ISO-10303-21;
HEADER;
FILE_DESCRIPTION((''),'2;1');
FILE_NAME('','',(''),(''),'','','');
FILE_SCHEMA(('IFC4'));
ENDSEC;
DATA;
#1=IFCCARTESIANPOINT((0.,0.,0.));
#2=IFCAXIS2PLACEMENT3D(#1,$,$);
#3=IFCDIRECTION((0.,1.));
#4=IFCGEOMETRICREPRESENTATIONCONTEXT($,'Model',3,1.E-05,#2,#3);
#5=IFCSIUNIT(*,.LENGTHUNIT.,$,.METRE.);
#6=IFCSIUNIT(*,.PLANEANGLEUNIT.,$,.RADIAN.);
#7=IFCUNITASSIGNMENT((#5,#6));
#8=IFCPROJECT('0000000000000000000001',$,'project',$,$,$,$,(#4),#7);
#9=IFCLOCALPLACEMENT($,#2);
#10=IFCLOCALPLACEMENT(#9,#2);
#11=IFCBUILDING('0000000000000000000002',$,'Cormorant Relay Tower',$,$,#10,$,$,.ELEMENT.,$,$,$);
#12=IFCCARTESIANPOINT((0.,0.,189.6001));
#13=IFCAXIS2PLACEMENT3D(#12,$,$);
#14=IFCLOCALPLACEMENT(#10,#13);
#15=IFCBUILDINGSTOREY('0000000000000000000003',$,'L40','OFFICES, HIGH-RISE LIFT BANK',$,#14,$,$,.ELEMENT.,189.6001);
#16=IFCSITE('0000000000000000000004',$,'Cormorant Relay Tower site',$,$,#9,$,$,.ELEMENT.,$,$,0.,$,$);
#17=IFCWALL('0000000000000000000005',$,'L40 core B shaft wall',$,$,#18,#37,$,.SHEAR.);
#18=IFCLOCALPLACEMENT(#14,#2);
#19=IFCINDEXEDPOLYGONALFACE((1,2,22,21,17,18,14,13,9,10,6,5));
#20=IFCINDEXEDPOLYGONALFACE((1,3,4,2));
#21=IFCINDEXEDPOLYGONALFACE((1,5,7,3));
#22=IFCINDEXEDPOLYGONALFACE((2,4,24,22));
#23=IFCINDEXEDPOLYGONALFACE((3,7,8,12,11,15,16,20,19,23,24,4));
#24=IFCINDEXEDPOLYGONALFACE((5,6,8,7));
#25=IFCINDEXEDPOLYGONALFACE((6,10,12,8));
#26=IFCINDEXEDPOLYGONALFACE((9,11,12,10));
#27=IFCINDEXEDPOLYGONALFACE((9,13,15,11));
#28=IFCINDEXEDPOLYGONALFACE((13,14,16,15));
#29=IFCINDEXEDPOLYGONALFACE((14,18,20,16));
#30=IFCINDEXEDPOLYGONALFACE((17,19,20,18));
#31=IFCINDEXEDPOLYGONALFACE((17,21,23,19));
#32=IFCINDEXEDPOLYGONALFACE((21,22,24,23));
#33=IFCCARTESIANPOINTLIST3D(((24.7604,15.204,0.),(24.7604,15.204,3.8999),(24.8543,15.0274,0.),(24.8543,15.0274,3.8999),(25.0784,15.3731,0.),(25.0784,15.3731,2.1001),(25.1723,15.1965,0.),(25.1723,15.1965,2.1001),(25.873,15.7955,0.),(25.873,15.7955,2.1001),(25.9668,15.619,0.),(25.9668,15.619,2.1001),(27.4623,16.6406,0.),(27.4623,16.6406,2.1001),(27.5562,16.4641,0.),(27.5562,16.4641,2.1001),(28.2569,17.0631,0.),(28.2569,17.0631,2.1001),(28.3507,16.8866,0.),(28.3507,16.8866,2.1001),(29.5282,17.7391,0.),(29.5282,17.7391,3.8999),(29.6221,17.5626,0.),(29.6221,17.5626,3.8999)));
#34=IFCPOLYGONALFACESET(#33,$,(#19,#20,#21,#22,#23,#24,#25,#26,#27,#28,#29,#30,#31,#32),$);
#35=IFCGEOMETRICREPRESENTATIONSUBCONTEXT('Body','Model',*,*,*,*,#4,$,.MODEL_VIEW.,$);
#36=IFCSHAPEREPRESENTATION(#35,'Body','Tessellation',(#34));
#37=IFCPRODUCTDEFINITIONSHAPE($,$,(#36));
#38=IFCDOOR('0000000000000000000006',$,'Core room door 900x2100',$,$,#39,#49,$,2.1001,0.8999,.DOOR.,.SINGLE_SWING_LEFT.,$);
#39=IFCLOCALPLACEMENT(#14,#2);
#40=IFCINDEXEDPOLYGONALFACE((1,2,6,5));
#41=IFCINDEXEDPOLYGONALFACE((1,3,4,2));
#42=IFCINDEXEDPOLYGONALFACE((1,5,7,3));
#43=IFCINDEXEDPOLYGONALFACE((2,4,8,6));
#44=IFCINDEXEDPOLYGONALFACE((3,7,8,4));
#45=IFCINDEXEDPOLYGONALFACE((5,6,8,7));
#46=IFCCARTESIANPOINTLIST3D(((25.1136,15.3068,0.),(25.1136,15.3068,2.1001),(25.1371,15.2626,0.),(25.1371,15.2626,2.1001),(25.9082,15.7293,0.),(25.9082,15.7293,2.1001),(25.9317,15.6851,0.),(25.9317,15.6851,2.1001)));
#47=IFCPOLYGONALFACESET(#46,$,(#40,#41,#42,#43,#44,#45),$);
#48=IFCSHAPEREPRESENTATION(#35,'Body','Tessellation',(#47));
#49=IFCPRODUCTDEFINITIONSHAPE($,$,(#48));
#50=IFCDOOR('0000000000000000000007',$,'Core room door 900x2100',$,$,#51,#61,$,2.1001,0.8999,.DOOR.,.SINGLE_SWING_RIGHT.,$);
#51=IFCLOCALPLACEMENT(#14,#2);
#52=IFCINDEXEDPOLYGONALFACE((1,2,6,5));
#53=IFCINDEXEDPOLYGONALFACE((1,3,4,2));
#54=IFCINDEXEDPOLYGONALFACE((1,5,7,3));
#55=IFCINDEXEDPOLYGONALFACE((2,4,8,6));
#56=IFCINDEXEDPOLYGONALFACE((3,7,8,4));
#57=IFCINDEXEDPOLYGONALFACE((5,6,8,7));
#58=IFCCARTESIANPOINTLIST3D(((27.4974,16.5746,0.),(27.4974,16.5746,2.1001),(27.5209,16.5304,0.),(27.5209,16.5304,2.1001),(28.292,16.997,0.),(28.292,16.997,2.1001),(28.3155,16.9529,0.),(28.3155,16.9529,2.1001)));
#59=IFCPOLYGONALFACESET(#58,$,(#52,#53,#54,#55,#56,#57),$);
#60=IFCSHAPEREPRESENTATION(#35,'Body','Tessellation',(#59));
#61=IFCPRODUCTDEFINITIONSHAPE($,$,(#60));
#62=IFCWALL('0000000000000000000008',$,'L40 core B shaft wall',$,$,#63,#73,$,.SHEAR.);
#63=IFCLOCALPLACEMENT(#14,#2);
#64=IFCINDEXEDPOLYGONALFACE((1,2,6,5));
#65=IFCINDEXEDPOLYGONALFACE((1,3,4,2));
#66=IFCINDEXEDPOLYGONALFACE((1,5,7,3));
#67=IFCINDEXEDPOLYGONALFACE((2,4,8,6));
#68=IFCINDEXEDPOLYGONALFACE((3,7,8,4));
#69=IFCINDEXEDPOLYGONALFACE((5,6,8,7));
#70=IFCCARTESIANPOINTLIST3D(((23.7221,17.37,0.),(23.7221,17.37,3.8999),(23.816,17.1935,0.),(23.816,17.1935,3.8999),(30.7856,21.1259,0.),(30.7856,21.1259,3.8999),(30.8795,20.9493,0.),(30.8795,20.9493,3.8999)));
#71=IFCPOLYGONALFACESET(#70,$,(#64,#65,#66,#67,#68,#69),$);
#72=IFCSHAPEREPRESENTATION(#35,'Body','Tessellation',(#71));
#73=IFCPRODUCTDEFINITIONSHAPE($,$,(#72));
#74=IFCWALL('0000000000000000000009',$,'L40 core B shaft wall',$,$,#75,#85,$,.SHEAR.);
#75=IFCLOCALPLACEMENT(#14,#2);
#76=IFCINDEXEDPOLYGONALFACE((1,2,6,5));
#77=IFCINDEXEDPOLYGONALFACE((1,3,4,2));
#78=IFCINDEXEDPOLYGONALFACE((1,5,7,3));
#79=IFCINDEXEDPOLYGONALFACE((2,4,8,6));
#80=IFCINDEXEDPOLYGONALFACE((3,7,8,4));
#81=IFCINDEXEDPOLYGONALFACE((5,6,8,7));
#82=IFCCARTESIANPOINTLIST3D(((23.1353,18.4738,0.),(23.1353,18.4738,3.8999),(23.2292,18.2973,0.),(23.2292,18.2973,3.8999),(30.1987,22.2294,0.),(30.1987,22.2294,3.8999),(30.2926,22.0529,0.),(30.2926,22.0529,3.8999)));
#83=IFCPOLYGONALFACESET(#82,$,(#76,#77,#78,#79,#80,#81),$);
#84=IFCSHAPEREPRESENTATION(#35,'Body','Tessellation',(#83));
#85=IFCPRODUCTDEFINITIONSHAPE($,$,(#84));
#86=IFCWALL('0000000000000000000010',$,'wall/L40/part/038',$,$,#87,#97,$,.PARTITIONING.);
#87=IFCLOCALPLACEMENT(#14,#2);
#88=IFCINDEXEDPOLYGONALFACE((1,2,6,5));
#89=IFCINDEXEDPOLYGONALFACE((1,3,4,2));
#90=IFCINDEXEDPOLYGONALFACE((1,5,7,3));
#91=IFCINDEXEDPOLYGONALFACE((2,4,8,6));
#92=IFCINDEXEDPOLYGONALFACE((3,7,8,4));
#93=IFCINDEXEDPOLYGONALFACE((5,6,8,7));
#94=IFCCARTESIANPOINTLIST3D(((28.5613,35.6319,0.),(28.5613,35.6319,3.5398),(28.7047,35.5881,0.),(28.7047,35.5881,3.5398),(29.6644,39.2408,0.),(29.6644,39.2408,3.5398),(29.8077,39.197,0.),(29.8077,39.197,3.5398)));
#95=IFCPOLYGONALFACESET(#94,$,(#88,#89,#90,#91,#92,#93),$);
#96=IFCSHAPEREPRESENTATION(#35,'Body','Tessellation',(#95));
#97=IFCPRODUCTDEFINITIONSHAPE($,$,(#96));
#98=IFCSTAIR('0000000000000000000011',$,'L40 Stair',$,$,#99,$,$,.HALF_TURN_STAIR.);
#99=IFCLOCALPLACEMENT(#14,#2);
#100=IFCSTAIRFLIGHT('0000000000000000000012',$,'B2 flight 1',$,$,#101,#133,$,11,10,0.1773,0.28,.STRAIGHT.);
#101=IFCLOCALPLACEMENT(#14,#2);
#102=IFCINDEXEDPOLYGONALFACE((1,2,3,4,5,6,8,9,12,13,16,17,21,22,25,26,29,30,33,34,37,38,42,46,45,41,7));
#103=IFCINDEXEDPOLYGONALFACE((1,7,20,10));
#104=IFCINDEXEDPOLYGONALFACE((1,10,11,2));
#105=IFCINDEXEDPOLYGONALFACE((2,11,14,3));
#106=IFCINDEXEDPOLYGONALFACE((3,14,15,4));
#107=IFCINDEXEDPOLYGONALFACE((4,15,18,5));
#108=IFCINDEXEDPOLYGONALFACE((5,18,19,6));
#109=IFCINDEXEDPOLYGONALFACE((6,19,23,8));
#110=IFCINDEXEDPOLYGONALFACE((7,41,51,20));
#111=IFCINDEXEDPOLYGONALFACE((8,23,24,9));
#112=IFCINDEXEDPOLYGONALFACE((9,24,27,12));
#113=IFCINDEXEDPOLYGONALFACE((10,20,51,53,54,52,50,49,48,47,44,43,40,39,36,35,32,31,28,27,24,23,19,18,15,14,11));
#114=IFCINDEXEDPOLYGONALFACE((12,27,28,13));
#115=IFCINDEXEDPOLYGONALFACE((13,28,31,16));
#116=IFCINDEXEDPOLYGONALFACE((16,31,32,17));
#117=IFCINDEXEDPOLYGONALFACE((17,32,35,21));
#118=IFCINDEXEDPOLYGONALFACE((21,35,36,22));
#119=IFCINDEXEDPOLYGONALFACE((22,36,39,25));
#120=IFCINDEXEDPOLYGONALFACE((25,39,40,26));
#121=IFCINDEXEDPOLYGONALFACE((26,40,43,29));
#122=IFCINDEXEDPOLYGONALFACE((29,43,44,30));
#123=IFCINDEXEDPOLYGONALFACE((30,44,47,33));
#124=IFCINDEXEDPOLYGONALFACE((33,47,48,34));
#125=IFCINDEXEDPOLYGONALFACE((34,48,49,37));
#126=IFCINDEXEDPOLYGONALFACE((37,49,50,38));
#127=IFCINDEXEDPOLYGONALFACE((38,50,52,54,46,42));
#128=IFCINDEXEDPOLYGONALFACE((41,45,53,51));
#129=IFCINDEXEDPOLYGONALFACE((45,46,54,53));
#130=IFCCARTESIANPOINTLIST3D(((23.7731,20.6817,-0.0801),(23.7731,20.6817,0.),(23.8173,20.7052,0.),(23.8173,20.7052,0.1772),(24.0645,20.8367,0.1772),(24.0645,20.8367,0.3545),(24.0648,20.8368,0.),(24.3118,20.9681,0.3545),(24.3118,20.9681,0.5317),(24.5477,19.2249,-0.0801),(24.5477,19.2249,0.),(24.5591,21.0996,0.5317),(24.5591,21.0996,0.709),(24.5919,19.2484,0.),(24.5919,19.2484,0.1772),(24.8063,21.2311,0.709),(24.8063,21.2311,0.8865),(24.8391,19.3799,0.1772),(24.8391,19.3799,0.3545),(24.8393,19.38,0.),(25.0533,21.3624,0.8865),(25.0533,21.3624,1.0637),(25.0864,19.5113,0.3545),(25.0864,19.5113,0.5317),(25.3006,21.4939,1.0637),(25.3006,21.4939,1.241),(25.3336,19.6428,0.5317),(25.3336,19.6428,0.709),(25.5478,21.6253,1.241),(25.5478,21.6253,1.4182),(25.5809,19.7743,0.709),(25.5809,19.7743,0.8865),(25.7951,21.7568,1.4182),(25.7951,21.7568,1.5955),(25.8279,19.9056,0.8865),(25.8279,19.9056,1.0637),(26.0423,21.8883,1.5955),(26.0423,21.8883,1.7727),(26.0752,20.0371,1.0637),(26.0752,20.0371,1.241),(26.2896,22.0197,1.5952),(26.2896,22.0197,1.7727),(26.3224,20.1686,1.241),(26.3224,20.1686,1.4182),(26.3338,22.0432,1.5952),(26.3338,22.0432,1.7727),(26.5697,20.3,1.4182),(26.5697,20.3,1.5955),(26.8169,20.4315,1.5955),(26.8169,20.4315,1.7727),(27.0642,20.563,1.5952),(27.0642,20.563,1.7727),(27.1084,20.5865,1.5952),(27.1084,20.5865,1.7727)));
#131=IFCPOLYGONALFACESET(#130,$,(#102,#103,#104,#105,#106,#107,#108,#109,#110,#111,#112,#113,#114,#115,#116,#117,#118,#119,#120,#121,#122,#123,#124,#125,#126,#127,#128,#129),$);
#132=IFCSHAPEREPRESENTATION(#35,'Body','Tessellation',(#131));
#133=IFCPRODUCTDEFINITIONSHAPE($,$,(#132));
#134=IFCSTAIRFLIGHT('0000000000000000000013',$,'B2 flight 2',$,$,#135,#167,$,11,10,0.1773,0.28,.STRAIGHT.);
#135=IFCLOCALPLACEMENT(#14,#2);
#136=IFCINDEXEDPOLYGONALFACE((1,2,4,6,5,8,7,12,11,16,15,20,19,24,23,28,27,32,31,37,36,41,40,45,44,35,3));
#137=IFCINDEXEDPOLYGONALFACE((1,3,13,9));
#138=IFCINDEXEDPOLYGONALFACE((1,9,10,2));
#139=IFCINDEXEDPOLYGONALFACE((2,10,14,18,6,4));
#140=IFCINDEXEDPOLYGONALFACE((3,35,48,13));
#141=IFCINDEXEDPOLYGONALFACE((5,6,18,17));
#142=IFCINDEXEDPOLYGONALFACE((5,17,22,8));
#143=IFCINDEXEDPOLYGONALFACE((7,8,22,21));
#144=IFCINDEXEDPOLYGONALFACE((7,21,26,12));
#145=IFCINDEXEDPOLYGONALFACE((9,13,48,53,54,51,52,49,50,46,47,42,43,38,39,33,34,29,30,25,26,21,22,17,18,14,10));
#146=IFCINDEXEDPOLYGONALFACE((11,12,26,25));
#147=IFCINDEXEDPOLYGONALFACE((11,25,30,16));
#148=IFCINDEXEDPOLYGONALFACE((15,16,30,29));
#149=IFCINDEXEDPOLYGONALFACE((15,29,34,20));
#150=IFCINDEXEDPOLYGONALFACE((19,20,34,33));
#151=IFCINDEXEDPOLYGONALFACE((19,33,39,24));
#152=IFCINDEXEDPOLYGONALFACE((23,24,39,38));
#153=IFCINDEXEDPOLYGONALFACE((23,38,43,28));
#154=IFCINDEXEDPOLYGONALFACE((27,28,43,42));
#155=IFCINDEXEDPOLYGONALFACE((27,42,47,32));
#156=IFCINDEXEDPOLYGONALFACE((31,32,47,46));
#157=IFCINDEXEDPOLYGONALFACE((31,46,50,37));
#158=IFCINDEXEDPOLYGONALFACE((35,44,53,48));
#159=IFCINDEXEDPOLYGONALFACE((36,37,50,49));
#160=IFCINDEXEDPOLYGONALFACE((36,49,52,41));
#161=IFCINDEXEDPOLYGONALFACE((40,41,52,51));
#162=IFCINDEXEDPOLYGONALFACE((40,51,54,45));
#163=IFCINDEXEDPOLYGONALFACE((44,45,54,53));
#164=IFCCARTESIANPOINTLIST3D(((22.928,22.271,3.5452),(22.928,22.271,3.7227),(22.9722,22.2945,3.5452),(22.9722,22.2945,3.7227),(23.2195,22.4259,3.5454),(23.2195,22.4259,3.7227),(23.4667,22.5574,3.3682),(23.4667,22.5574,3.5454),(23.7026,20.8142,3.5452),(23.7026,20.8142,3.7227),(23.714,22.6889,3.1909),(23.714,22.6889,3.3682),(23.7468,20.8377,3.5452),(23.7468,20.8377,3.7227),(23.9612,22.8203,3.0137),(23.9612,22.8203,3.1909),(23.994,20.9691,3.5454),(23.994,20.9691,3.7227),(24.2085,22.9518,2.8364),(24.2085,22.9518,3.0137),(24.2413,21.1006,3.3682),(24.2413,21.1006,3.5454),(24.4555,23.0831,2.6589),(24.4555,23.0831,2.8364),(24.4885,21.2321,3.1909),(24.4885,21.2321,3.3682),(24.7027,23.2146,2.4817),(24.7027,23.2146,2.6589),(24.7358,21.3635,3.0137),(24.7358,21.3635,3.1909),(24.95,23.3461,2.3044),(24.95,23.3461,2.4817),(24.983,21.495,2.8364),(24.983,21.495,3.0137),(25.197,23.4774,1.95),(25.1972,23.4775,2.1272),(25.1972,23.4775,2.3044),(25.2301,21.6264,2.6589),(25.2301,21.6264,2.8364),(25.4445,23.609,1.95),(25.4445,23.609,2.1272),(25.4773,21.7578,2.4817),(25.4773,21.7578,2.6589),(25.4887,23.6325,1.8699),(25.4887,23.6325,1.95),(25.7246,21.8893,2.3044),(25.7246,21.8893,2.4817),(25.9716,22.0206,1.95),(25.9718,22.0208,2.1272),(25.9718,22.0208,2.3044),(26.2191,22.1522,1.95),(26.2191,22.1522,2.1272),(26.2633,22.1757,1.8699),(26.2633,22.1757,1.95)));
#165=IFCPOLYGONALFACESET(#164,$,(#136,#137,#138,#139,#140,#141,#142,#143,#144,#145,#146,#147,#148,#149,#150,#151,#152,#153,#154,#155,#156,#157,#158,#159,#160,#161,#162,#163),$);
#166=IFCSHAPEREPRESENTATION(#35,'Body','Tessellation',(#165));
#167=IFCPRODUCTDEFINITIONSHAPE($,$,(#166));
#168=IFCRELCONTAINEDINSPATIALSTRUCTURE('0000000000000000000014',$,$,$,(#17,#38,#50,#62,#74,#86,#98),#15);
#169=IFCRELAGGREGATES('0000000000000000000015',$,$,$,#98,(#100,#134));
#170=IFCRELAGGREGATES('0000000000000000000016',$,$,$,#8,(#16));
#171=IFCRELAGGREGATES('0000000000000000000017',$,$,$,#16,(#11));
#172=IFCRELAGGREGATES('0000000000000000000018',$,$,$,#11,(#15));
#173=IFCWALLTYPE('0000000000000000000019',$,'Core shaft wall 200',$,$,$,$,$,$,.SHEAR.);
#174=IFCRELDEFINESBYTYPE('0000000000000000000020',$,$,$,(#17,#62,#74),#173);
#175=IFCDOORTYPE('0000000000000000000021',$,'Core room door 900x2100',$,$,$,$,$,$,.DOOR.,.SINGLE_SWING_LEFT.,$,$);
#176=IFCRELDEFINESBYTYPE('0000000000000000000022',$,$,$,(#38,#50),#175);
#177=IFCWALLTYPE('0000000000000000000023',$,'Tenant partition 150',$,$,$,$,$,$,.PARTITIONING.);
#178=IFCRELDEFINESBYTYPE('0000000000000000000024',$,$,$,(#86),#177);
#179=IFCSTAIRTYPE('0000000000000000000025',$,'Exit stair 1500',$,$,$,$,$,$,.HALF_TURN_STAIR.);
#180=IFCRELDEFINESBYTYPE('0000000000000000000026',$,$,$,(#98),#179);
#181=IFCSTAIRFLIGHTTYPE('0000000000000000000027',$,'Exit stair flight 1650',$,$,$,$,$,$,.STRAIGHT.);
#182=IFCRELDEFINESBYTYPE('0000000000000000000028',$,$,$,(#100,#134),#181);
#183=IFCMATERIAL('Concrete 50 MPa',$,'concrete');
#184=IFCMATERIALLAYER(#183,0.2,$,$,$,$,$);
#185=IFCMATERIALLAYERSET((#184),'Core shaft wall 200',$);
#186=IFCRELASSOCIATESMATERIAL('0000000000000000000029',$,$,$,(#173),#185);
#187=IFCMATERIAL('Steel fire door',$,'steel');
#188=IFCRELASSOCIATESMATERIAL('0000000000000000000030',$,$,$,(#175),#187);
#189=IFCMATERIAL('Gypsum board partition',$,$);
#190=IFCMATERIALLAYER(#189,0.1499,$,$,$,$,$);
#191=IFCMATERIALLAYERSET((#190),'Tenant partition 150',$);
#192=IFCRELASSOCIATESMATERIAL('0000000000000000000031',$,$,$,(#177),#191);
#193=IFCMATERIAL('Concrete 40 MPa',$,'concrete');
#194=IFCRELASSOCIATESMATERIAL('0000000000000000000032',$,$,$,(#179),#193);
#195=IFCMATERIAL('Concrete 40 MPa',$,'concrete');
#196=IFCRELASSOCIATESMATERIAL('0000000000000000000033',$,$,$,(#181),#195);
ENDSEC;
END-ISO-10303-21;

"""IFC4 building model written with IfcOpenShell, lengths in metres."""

from ifc_helpers import new_model, si_unit, direction, frame, frame_2d, origin, place, context, subcontext, project, spatial, polyline, rectangle, outline, extrude, material, layer, layer_set, type_object, element, fill, aggregate, save


model = new_model("IFC4")

# Units and contexts
model_context = context("Model", 3, precision=1e-05, world=origin(), true_north=direction((0.0, 1.0)))
body_context = subcontext(model_context, "Body", "Model", "MODEL_VIEW")
ifc_project = project(units=[si_unit("LENGTHUNIT", "METRE"), si_unit("PLANEANGLEUNIT", "RADIAN")], contexts=[model_context])

# Site, building, storey
site_placement = place(None, origin())
site = spatial("IfcSite", under=ifc_project, at=site_placement, Name="Cormorant Relay Tower site", CompositionType="ELEMENT", RefElevation=0.0)
building_placement = place(site_placement, origin())
building = spatial("IfcBuilding", under=site, at=building_placement, Name="Cormorant Relay Tower", CompositionType="ELEMENT")
storey_placement = place(building_placement, frame((0.0, 0.0, 189.6001)))
storey = spatial("IfcBuildingStorey", under=building, at=storey_placement, Name="L40", Description="OFFICES, HIGH-RISE LIFT BANK", CompositionType="ELEMENT", Elevation=189.6001)

# Shared definitions
ifc_material_1 = material(Name="Concrete 50 MPa", Category="concrete")
ifc_layer_1 = layer(ifc_material_1, 0.2)
ifc_layer_set_1 = layer_set([ifc_layer_1], Name="Core shaft wall 200")
wall_type_1 = type_object("IfcWallType", Name="Core shaft wall 200", PredefinedType="SHEAR", material=ifc_layer_set_1)
ifc_material_2 = material(Name="Steel fire door", Category="steel")
door_type_1 = type_object("IfcDoorType", Name="Core room door 900x2100", OperationType="SINGLE_SWING_LEFT", PredefinedType="DOOR", material=ifc_material_2)

# Wall, openings, doors
wall_1_placement = place(storey_placement, frame((24.8074, 15.1157, 0.0), z_axis=(0.0, 0.0, 1.0), x_axis=(0.882943, 0.46948, 0.0)))
wall_1 = element("IfcWall", 1, at=wall_1_placement, inside=storey, type_object=wall_type_1, Name="L40 core B shaft wall", PredefinedType="SHEAR", context=body_context, shape_type="SweptSolid", body=[
    extrude(rectangle(XDim=5.3999, YDim=0.2, at=frame_2d((2.7, 0.0))), origin(), (0.0, 0.0, 1.0), 3.8999),
])
opening_1_placement = place(wall_1_placement, frame((0.3601, 0.0, 0.0)))
opening_1 = element("IfcOpeningElement", 2, at=opening_1_placement, cuts=wall_1, PredefinedType="OPENING", context=body_context, shape_type="SweptSolid", body=[
    extrude(rectangle(XDim=0.8999, YDim=2.1001, at=frame_2d((0.45, 1.05))), frame((0.0, 0.1099, 0.0), z_axis=(0.0, -1.0, 0.0), x_axis=(1.0, 0.0, 0.0)), (0.0, 0.0, 1.0), 0.22),
])
opening_2_placement = place(wall_1_placement, frame((3.0601, 0.0, 0.0)))
opening_2 = element("IfcOpeningElement", 3, at=opening_2_placement, cuts=wall_1, PredefinedType="OPENING", context=body_context, shape_type="SweptSolid", body=[
    extrude(rectangle(XDim=0.8999, YDim=2.1001, at=frame_2d((0.45, 1.05))), frame((0.0, 0.1099, 0.0), z_axis=(0.0, -1.0, 0.0), x_axis=(1.0, 0.0, 0.0)), (0.0, 0.0, 1.0), 0.22),
])
door_1_placement = place(opening_1_placement, origin())
door_1 = element("IfcDoor", 4, at=door_1_placement, inside=storey, type_object=door_type_1, Name="Core room door 900x2100", OperationType="SINGLE_SWING_LEFT", OverallHeight=2.1001, OverallWidth=0.8999, PredefinedType="DOOR", context=body_context, shape_type="SweptSolid", body=[
    extrude(rectangle(XDim=0.8999, YDim=2.1001, at=frame_2d((0.45, 1.05))), frame((0.0, 0.0249, 0.0), z_axis=(0.0, -1.0, 0.0), x_axis=(1.0, 0.0, 0.0)), (0.0, 0.0, 1.0), 0.05),
])
fill(opening_1, door_1)
door_2_placement = place(opening_2_placement, frame((0.8999, 0.0, 0.0), z_axis=(0.0, 0.0, 1.0), x_axis=(-1.0, 0.0, 0.0)))
door_2 = element("IfcDoor", 5, at=door_2_placement, inside=storey, type_object=door_type_1, Name="Core room door 900x2100", OperationType="SINGLE_SWING_RIGHT", OverallHeight=2.1001, OverallWidth=0.8999, PredefinedType="DOOR", context=body_context, shape_type="SweptSolid", body=[
    extrude(rectangle(XDim=0.8999, YDim=2.1001, at=frame_2d((0.45, 1.05))), frame((0.0, 0.0249, 0.0), z_axis=(0.0, -1.0, 0.0), x_axis=(1.0, 0.0, 0.0)), (0.0, 0.0, 1.0), 0.05),
])
fill(opening_2, door_2)

# Walls
wall_2_placement = place(storey_placement, frame((23.769, 17.2817, 0.0), z_axis=(0.0, 0.0, 1.0), x_axis=(0.88294, 0.469485, 0.0)))
element("IfcWall", 6, at=wall_2_placement, inside=storey, type_object=wall_type_1, Name="L40 core B shaft wall", PredefinedType="SHEAR", context=body_context, shape_type="SweptSolid", body=[
    extrude(rectangle(XDim=8.0, YDim=0.2, at=frame_2d((4.0, 0.0))), origin(), (0.0, 0.0, 1.0), 3.8999),
])
wall_3_placement = place(storey_placement, frame((23.1821, 18.3855, 0.0), z_axis=(0.0, 0.0, 1.0), x_axis=(0.882953, 0.469462, 0.0)))
element("IfcWall", 7, at=wall_3_placement, inside=storey, type_object=wall_type_1, Name="L40 core B shaft wall", PredefinedType="SHEAR", context=body_context, shape_type="SweptSolid", body=[
    extrude(rectangle(XDim=7.9998, YDim=0.2, at=frame_2d((4.0, 0.0))), origin(), (0.0, 0.0, 1.0), 3.8999),
])
ifc_material_3 = material(Name="Gypsum board partition")
ifc_layer_2 = layer(ifc_material_3, 0.1499)
ifc_layer_set_2 = layer_set([ifc_layer_2], Name="Tenant partition 150")
wall_type_2 = type_object("IfcWallType", Name="Tenant partition 150", PredefinedType="PARTITIONING", material=ifc_layer_set_2)
wall_4_placement = place(storey_placement, frame((28.6331, 35.6101, 0.0), z_axis=(0.0, 0.0, 1.0), x_axis=(0.292294, 0.956328, 0.0)))
element("IfcWall", 8, at=wall_4_placement, inside=storey, type_object=wall_type_2, Name="wall/L40/part/038", PredefinedType="PARTITIONING", context=body_context, shape_type="SweptSolid", body=[
    extrude(rectangle(XDim=3.7737, YDim=0.1499, at=frame_2d((1.8867, 0.0))), origin(), (0.0, 0.0, 1.0), 3.5398),
])

# Stair, stair flights
ifc_material_4 = material(Name="Concrete 40 MPa", Category="concrete")
stair_type = type_object("IfcStairType", Name="Exit stair 1500", PredefinedType="HALF_TURN_STAIR", material=ifc_material_4)
stair_placement = place(storey_placement, origin())
stair = element("IfcStair", 9, at=stair_placement, inside=storey, type_object=stair_type, Name="L40 Stair", PredefinedType="HALF_TURN_STAIR")
ifc_material_5 = material(Name="Concrete 40 MPa", Category="concrete")
stair_flight_type = type_object("IfcStairFlightType", Name="Exit stair flight 1650", PredefinedType="STRAIGHT", material=ifc_material_5)
stair_flight_1_placement = place(storey_placement, frame((24.2046, 19.9768, 0.0), z_axis=(0.0, 0.0, 1.0), x_axis=(0.882948, 0.469472, 0.0)))
stair_flight_1 = element("IfcStairFlight", 10, at=stair_flight_1_placement, type_object=stair_flight_type, Name="B2 flight 1", NumberOfRisers=11, NumberOfTreads=10, PredefinedType="STRAIGHT", RiserHeight=0.1773, TreadLength=0.28, context=body_context, shape_type="SweptSolid", body=[
    extrude(outline(polyline([(-0.05, -0.0801), (-0.05, 0.0), (0.0, 0.0), (0.0, 0.1772), (0.28, 0.1772), (0.28, 0.3545), (0.5601, 0.3545), (0.5601, 0.5317), (0.8401, 0.5317), (0.8401, 0.709), (1.1201, 0.709), (1.1201, 0.8865), (1.3999, 0.8865), (1.3999, 1.0637), (1.6799, 1.0637), (1.6799, 1.241), (1.96, 1.241), (1.96, 1.4182), (2.24, 1.4182), (2.24, 1.5955), (2.52, 1.5955), (2.52, 1.7727), (2.8, 1.7727), (2.8501, 1.7727), (2.8501, 1.5952), (2.8, 1.5952), (0.2803, 0.0), (-0.05, -0.0801)])), frame((0.0, 0.825, 0.0), z_axis=(0.0, -1.0, 0.0), x_axis=(1.0, 0.0, 0.0)), (0.0, 0.0, 1.0), 1.6499),
])
stair_flight_2_placement = place(storey_placement, frame((25.8318, 22.8806, 1.95), z_axis=(0.0, 0.0, 1.0), x_axis=(-0.882948, -0.469472, 0.0)))
stair_flight_2 = element("IfcStairFlight", 11, at=stair_flight_2_placement, type_object=stair_flight_type, Name="B2 flight 2", NumberOfRisers=11, NumberOfTreads=10, PredefinedType="STRAIGHT", RiserHeight=0.1773, TreadLength=0.28, context=body_context, shape_type="SweptSolid", body=[
    extrude(outline(polyline([(-0.05, -0.0801), (-0.05, 0.0), (0.0, 0.0), (0.0, 0.1772), (0.28, 0.1772), (0.28, 0.3545), (0.5601, 0.3545), (0.5601, 0.5317), (0.8401, 0.5317), (0.8401, 0.709), (1.1201, 0.709), (1.1201, 0.8865), (1.3999, 0.8865), (1.3999, 1.0637), (1.6799, 1.0637), (1.6799, 1.241), (1.96, 1.241), (1.96, 1.4182), (2.24, 1.4182), (2.24, 1.5955), (2.52, 1.5955), (2.52, 1.7727), (2.8, 1.7727), (2.8501, 1.7727), (2.8501, 1.5952), (2.8, 1.5952), (0.2803, 0.0), (-0.05, -0.0801)])), frame((0.0, 0.825, 0.0), z_axis=(0.0, -1.0, 0.0), x_axis=(1.0, 0.0, 0.0)), (0.0, 0.0, 1.0), 1.6499),
])
aggregate(stair, [stair_flight_1, stair_flight_2])

save(model, "model.ifc")
